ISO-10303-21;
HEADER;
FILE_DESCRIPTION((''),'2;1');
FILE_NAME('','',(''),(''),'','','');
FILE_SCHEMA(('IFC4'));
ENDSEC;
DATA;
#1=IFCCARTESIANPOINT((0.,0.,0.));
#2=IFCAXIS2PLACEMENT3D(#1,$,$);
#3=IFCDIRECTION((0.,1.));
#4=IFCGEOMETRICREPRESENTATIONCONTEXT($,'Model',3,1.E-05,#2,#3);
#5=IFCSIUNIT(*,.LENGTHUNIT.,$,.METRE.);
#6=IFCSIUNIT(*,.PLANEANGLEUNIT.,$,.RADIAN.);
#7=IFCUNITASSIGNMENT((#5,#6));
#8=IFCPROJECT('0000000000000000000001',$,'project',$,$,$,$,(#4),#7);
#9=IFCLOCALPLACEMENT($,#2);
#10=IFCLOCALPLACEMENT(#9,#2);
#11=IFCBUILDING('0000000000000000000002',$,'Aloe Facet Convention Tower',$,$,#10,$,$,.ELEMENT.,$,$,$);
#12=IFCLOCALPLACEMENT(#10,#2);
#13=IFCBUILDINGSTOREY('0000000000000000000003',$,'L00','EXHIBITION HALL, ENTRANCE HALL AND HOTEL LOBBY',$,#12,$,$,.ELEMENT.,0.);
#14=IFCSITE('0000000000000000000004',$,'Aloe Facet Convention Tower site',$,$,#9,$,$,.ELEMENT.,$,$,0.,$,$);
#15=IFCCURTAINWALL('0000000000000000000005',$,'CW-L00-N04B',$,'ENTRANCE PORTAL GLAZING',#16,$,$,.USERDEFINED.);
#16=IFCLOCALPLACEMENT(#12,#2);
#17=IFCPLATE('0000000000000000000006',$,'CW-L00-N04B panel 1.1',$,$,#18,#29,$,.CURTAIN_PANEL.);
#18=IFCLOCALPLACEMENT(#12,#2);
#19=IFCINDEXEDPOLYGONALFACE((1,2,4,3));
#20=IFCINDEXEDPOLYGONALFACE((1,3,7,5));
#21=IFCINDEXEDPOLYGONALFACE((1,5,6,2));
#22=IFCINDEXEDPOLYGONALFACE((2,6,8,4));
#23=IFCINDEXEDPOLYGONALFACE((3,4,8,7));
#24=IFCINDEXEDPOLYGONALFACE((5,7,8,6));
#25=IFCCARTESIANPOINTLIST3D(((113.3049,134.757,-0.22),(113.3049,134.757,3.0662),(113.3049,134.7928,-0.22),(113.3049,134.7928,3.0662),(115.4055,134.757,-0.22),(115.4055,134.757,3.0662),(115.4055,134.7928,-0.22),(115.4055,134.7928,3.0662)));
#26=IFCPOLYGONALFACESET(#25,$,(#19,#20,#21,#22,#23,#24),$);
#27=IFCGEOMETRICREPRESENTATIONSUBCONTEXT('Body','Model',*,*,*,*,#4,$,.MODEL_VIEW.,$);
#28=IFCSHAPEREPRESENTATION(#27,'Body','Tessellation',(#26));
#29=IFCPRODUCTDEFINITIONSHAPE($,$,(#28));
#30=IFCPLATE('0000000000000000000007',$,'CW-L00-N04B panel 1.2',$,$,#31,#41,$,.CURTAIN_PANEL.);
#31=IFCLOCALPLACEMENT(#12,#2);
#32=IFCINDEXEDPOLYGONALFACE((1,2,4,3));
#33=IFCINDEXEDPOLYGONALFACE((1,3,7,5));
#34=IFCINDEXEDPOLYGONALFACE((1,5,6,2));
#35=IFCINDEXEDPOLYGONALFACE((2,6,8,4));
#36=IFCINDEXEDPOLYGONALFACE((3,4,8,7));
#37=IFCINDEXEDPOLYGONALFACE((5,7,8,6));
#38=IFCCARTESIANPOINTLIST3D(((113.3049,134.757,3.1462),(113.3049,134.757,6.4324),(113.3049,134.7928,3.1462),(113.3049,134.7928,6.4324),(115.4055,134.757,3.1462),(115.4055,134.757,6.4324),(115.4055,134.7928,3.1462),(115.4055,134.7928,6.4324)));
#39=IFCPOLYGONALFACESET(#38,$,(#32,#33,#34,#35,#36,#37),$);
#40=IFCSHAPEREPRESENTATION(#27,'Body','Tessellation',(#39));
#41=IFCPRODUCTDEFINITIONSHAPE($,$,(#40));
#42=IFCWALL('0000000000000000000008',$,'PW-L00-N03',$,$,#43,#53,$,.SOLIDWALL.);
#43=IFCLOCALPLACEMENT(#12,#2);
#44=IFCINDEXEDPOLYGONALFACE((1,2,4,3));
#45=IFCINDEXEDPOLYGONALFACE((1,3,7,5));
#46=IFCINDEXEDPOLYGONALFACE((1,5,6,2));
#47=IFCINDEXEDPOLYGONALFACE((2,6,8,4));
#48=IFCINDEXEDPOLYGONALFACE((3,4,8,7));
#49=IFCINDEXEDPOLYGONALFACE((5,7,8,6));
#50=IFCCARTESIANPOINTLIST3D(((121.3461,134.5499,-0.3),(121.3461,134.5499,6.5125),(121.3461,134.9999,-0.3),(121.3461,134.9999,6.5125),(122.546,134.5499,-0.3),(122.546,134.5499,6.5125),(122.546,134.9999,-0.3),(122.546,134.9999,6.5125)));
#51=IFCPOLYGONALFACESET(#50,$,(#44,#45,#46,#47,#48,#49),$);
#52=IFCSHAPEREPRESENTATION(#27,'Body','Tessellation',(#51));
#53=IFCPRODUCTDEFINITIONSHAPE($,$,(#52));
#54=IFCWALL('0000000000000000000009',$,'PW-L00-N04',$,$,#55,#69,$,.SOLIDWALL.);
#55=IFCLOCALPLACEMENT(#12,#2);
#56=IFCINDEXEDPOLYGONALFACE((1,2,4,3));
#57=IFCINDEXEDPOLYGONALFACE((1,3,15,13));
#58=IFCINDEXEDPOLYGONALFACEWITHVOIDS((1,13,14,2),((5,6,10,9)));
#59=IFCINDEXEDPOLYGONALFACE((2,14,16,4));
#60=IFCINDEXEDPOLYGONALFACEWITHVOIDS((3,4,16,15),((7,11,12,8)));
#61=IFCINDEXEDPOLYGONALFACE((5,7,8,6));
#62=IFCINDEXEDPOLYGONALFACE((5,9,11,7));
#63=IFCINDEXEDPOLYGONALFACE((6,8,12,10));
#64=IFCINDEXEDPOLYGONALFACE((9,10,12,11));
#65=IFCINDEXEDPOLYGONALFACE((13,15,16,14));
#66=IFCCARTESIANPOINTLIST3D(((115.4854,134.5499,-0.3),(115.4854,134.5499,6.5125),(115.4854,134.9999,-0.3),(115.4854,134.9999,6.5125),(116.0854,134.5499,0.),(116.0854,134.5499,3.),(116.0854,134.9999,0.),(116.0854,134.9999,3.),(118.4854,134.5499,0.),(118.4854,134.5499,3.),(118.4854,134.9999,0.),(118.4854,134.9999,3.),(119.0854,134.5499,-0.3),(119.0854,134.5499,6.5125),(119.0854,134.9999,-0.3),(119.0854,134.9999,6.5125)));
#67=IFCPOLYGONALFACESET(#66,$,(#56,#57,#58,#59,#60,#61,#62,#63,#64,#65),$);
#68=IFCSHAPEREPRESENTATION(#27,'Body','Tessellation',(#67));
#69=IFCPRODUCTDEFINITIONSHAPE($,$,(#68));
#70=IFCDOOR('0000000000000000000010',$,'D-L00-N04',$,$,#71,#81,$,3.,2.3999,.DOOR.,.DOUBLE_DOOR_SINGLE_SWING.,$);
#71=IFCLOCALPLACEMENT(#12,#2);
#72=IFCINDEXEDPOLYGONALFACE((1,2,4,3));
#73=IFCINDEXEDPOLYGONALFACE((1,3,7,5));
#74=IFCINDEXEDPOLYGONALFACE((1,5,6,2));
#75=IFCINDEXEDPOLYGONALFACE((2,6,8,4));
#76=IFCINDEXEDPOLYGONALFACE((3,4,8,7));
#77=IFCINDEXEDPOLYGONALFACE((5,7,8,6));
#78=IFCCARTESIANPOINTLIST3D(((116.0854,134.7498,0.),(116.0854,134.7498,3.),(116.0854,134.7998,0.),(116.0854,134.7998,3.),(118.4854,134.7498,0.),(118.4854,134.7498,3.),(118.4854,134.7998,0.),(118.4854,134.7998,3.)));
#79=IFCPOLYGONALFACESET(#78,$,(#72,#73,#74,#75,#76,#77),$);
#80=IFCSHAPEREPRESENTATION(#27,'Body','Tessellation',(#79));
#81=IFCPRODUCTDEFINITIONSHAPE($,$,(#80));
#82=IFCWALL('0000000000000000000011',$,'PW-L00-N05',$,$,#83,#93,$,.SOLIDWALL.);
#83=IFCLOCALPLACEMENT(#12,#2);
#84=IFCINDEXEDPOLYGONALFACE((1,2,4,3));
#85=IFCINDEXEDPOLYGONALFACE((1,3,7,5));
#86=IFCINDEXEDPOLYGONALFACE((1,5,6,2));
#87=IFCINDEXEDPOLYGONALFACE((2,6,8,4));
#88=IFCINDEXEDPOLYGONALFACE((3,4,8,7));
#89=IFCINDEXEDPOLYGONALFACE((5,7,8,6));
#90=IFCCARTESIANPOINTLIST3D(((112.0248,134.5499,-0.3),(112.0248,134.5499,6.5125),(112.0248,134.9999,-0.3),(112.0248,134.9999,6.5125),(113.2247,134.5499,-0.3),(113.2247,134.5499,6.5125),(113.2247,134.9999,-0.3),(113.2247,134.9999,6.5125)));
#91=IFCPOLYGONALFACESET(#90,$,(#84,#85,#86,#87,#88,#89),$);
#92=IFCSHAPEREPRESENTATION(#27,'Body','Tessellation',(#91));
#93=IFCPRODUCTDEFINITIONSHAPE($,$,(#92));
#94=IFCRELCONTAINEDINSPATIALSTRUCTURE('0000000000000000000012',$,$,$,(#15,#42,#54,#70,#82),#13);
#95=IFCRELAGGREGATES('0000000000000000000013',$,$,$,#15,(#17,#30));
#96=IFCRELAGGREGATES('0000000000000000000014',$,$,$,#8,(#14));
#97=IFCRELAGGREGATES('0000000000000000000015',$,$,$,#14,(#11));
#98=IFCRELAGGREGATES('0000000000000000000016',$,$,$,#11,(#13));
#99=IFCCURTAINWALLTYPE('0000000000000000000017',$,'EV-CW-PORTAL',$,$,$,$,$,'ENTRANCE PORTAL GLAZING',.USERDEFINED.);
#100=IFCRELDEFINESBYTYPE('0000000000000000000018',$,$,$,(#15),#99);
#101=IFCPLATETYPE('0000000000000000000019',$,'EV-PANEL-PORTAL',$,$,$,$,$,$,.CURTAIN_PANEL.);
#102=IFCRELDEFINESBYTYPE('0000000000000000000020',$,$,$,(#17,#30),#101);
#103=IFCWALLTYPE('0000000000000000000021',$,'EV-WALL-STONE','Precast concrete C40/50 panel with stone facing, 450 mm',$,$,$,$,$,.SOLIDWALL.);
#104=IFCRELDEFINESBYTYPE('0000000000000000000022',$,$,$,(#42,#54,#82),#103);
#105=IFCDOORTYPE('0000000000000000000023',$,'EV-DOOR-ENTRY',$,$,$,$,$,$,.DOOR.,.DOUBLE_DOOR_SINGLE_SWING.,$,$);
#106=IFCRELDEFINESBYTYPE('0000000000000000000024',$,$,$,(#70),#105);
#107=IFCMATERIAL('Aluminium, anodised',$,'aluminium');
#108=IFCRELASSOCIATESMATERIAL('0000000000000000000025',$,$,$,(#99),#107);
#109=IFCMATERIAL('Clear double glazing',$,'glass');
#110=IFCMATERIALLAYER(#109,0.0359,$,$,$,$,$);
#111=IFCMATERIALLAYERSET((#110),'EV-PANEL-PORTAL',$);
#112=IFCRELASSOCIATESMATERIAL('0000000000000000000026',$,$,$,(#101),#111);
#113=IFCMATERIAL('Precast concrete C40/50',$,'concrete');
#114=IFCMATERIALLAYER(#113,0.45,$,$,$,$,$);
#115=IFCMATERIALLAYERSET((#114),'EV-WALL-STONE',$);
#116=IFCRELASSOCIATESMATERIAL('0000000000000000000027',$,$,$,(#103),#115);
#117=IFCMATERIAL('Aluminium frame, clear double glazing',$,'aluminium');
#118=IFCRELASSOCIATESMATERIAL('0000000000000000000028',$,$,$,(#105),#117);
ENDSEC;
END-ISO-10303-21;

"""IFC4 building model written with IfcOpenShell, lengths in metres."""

from ifc_helpers import new_model, si_unit, direction, frame, frame_2d, origin, origin_2d, place, context, subcontext, project, spatial, rectangle, extrude, material, layer, layer_set, type_object, element, fill, aggregate, save


model = new_model("IFC4")

# Units and contexts
model_context = context("Model", 3, precision=1e-05, world=origin(), true_north=direction((0.0, 1.0)))
body_context = subcontext(model_context, "Body", "Model", "MODEL_VIEW")
ifc_project = project(units=[si_unit("LENGTHUNIT", "METRE"), si_unit("PLANEANGLEUNIT", "RADIAN")], contexts=[model_context])

# Site, building, storey
site_placement = place(None, origin())
site = spatial("IfcSite", under=ifc_project, at=site_placement, Name="Aloe Facet Convention Tower site", CompositionType="ELEMENT", RefElevation=0.0)
building_placement = place(site_placement, origin())
building = spatial("IfcBuilding", under=site, at=building_placement, Name="Aloe Facet Convention Tower", CompositionType="ELEMENT")
storey_placement = place(building_placement, origin())
storey = spatial("IfcBuildingStorey", under=building, at=storey_placement, Name="L00", Description="EXHIBITION HALL, ENTRANCE HALL AND HOTEL LOBBY", CompositionType="ELEMENT", Elevation=0.0)

# Shared definitions
ifc_material_1 = material(Name="Aluminium, anodised", Category="aluminium")
curtain_wall_type = type_object("IfcCurtainWallType", Name="EV-CW-PORTAL", ElementType="ENTRANCE PORTAL GLAZING", PredefinedType="USERDEFINED", material=ifc_material_1)

# Curtain wall
curtain_wall_1_placement = place(storey_placement, origin())
curtain_wall_1 = element("IfcCurtainWall", 1, at=curtain_wall_1_placement, inside=storey, type_object=curtain_wall_type, Name="CW-L00-N04B", ObjectType="ENTRANCE PORTAL GLAZING", PredefinedType="USERDEFINED")

# Plates
ifc_material_2 = material(Name="Clear double glazing", Category="glass")
ifc_layer_1 = layer(ifc_material_2, 0.0359)
ifc_layer_set_1 = layer_set([ifc_layer_1], Name="EV-PANEL-PORTAL")
plate_type = type_object("IfcPlateType", Name="EV-PANEL-PORTAL", PredefinedType="CURTAIN_PANEL", material=ifc_layer_set_1)
plate_1_placement = place(storey_placement, frame((114.3552, 134.7749, -0.22), z_axis=(0.0, 0.0, 1.0), x_axis=(-1.0, 0.0, 0.0)))
plate_1 = element("IfcPlate", 2, at=plate_1_placement, type_object=plate_type, Name="CW-L00-N04B panel 1.1", PredefinedType="CURTAIN_PANEL", context=body_context, shape_type="SweptSolid", body=[
    extrude(rectangle(XDim=2.1006, YDim=0.0359, at=origin_2d()), origin(), (0.0, 0.0, 1.0), 3.2861),
])
plate_2_placement = place(storey_placement, frame((114.3552, 134.7749, 3.1462), z_axis=(0.0, 0.0, 1.0), x_axis=(-1.0, 0.0, 0.0)))
plate_2 = element("IfcPlate", 3, at=plate_2_placement, type_object=plate_type, Name="CW-L00-N04B panel 1.2", PredefinedType="CURTAIN_PANEL", context=body_context, shape_type="SweptSolid", body=[
    extrude(rectangle(XDim=2.1006, YDim=0.0359, at=origin_2d()), origin(), (0.0, 0.0, 1.0), 3.2861),
])
aggregate(curtain_wall_1, [plate_1, plate_2])

# Wall
ifc_material_3 = material(Name="Precast concrete C40/50", Category="concrete")
ifc_layer_2 = layer(ifc_material_3, 0.45)
ifc_layer_set_2 = layer_set([ifc_layer_2], Name="EV-WALL-STONE")
wall_type = type_object("IfcWallType", Name="EV-WALL-STONE", Description="Precast concrete C40/50 panel with stone facing, 450 mm", PredefinedType="SOLIDWALL", material=ifc_layer_set_2)
wall_1_placement = place(storey_placement, frame((122.5461, 134.7749, -0.3), z_axis=(0.0, 0.0, 1.0), x_axis=(-1.0, 0.0, 0.0)))
element("IfcWall", 4, at=wall_1_placement, inside=storey, type_object=wall_type, Name="PW-L00-N03", PredefinedType="SOLIDWALL", context=body_context, shape_type="SweptSolid", body=[
    extrude(rectangle(XDim=1.2, YDim=0.45, at=frame_2d((0.6001, 0.0))), origin(), (0.0, 0.0, 1.0), 6.8125),
])

# Wall, opening, door
wall_2_placement = place(storey_placement, frame((115.4854, 134.7749, -0.3), z_axis=(0.0, 0.0, 1.0), x_axis=(1.0, 0.0, 0.0)))
wall_2 = element("IfcWall", 5, at=wall_2_placement, inside=storey, type_object=wall_type, Name="PW-L00-N04", PredefinedType="SOLIDWALL", context=body_context, shape_type="SweptSolid", body=[
    extrude(rectangle(XDim=3.6001, YDim=0.45, at=frame_2d((1.8, 0.0))), origin(), (0.0, 0.0, 1.0), 6.8125),
])
opening_placement = place(wall_2_placement, frame((0.6001, 0.0, 0.3)))
opening = element("IfcOpeningElement", 6, at=opening_placement, cuts=wall_2, PredefinedType="OPENING", context=body_context, shape_type="SweptSolid", body=[
    extrude(rectangle(XDim=2.3999, YDim=3.0, at=frame_2d((1.2, 1.5))), frame((0.0, 0.2349, 0.0), z_axis=(0.0, -1.0, 0.0), x_axis=(1.0, 0.0, 0.0)), (0.0, 0.0, 1.0), 0.47),
])
ifc_material_4 = material(Name="Aluminium frame, clear double glazing", Category="aluminium")
door_type = type_object("IfcDoorType", Name="EV-DOOR-ENTRY", OperationType="DOUBLE_DOOR_SINGLE_SWING", PredefinedType="DOOR", material=ifc_material_4)
door_placement = place(opening_placement, origin())
door = element("IfcDoor", 7, at=door_placement, inside=storey, type_object=door_type, Name="D-L00-N04", OperationType="DOUBLE_DOOR_SINGLE_SWING", OverallHeight=3.0, OverallWidth=2.3999, PredefinedType="DOOR", context=body_context, shape_type="SweptSolid", body=[
    extrude(rectangle(XDim=2.3999, YDim=3.0, at=frame_2d((1.2, 1.5))), frame((0.0, 0.0249, 0.0), z_axis=(0.0, -1.0, 0.0), x_axis=(1.0, 0.0, 0.0)), (0.0, 0.0, 1.0), 0.05),
])
fill(opening, door)

# Wall
wall_3_placement = place(storey_placement, frame((113.2249, 134.7749, -0.3), z_axis=(0.0, 0.0, 1.0), x_axis=(-1.0, 0.0, 0.0)))
element("IfcWall", 8, at=wall_3_placement, inside=storey, type_object=wall_type, Name="PW-L00-N05", PredefinedType="SOLIDWALL", context=body_context, shape_type="SweptSolid", body=[
    extrude(rectangle(XDim=1.2, YDim=0.45, at=frame_2d((0.6001, 0.0))), origin(), (0.0, 0.0, 1.0), 6.8125),
])

save(model, "model.ifc")
